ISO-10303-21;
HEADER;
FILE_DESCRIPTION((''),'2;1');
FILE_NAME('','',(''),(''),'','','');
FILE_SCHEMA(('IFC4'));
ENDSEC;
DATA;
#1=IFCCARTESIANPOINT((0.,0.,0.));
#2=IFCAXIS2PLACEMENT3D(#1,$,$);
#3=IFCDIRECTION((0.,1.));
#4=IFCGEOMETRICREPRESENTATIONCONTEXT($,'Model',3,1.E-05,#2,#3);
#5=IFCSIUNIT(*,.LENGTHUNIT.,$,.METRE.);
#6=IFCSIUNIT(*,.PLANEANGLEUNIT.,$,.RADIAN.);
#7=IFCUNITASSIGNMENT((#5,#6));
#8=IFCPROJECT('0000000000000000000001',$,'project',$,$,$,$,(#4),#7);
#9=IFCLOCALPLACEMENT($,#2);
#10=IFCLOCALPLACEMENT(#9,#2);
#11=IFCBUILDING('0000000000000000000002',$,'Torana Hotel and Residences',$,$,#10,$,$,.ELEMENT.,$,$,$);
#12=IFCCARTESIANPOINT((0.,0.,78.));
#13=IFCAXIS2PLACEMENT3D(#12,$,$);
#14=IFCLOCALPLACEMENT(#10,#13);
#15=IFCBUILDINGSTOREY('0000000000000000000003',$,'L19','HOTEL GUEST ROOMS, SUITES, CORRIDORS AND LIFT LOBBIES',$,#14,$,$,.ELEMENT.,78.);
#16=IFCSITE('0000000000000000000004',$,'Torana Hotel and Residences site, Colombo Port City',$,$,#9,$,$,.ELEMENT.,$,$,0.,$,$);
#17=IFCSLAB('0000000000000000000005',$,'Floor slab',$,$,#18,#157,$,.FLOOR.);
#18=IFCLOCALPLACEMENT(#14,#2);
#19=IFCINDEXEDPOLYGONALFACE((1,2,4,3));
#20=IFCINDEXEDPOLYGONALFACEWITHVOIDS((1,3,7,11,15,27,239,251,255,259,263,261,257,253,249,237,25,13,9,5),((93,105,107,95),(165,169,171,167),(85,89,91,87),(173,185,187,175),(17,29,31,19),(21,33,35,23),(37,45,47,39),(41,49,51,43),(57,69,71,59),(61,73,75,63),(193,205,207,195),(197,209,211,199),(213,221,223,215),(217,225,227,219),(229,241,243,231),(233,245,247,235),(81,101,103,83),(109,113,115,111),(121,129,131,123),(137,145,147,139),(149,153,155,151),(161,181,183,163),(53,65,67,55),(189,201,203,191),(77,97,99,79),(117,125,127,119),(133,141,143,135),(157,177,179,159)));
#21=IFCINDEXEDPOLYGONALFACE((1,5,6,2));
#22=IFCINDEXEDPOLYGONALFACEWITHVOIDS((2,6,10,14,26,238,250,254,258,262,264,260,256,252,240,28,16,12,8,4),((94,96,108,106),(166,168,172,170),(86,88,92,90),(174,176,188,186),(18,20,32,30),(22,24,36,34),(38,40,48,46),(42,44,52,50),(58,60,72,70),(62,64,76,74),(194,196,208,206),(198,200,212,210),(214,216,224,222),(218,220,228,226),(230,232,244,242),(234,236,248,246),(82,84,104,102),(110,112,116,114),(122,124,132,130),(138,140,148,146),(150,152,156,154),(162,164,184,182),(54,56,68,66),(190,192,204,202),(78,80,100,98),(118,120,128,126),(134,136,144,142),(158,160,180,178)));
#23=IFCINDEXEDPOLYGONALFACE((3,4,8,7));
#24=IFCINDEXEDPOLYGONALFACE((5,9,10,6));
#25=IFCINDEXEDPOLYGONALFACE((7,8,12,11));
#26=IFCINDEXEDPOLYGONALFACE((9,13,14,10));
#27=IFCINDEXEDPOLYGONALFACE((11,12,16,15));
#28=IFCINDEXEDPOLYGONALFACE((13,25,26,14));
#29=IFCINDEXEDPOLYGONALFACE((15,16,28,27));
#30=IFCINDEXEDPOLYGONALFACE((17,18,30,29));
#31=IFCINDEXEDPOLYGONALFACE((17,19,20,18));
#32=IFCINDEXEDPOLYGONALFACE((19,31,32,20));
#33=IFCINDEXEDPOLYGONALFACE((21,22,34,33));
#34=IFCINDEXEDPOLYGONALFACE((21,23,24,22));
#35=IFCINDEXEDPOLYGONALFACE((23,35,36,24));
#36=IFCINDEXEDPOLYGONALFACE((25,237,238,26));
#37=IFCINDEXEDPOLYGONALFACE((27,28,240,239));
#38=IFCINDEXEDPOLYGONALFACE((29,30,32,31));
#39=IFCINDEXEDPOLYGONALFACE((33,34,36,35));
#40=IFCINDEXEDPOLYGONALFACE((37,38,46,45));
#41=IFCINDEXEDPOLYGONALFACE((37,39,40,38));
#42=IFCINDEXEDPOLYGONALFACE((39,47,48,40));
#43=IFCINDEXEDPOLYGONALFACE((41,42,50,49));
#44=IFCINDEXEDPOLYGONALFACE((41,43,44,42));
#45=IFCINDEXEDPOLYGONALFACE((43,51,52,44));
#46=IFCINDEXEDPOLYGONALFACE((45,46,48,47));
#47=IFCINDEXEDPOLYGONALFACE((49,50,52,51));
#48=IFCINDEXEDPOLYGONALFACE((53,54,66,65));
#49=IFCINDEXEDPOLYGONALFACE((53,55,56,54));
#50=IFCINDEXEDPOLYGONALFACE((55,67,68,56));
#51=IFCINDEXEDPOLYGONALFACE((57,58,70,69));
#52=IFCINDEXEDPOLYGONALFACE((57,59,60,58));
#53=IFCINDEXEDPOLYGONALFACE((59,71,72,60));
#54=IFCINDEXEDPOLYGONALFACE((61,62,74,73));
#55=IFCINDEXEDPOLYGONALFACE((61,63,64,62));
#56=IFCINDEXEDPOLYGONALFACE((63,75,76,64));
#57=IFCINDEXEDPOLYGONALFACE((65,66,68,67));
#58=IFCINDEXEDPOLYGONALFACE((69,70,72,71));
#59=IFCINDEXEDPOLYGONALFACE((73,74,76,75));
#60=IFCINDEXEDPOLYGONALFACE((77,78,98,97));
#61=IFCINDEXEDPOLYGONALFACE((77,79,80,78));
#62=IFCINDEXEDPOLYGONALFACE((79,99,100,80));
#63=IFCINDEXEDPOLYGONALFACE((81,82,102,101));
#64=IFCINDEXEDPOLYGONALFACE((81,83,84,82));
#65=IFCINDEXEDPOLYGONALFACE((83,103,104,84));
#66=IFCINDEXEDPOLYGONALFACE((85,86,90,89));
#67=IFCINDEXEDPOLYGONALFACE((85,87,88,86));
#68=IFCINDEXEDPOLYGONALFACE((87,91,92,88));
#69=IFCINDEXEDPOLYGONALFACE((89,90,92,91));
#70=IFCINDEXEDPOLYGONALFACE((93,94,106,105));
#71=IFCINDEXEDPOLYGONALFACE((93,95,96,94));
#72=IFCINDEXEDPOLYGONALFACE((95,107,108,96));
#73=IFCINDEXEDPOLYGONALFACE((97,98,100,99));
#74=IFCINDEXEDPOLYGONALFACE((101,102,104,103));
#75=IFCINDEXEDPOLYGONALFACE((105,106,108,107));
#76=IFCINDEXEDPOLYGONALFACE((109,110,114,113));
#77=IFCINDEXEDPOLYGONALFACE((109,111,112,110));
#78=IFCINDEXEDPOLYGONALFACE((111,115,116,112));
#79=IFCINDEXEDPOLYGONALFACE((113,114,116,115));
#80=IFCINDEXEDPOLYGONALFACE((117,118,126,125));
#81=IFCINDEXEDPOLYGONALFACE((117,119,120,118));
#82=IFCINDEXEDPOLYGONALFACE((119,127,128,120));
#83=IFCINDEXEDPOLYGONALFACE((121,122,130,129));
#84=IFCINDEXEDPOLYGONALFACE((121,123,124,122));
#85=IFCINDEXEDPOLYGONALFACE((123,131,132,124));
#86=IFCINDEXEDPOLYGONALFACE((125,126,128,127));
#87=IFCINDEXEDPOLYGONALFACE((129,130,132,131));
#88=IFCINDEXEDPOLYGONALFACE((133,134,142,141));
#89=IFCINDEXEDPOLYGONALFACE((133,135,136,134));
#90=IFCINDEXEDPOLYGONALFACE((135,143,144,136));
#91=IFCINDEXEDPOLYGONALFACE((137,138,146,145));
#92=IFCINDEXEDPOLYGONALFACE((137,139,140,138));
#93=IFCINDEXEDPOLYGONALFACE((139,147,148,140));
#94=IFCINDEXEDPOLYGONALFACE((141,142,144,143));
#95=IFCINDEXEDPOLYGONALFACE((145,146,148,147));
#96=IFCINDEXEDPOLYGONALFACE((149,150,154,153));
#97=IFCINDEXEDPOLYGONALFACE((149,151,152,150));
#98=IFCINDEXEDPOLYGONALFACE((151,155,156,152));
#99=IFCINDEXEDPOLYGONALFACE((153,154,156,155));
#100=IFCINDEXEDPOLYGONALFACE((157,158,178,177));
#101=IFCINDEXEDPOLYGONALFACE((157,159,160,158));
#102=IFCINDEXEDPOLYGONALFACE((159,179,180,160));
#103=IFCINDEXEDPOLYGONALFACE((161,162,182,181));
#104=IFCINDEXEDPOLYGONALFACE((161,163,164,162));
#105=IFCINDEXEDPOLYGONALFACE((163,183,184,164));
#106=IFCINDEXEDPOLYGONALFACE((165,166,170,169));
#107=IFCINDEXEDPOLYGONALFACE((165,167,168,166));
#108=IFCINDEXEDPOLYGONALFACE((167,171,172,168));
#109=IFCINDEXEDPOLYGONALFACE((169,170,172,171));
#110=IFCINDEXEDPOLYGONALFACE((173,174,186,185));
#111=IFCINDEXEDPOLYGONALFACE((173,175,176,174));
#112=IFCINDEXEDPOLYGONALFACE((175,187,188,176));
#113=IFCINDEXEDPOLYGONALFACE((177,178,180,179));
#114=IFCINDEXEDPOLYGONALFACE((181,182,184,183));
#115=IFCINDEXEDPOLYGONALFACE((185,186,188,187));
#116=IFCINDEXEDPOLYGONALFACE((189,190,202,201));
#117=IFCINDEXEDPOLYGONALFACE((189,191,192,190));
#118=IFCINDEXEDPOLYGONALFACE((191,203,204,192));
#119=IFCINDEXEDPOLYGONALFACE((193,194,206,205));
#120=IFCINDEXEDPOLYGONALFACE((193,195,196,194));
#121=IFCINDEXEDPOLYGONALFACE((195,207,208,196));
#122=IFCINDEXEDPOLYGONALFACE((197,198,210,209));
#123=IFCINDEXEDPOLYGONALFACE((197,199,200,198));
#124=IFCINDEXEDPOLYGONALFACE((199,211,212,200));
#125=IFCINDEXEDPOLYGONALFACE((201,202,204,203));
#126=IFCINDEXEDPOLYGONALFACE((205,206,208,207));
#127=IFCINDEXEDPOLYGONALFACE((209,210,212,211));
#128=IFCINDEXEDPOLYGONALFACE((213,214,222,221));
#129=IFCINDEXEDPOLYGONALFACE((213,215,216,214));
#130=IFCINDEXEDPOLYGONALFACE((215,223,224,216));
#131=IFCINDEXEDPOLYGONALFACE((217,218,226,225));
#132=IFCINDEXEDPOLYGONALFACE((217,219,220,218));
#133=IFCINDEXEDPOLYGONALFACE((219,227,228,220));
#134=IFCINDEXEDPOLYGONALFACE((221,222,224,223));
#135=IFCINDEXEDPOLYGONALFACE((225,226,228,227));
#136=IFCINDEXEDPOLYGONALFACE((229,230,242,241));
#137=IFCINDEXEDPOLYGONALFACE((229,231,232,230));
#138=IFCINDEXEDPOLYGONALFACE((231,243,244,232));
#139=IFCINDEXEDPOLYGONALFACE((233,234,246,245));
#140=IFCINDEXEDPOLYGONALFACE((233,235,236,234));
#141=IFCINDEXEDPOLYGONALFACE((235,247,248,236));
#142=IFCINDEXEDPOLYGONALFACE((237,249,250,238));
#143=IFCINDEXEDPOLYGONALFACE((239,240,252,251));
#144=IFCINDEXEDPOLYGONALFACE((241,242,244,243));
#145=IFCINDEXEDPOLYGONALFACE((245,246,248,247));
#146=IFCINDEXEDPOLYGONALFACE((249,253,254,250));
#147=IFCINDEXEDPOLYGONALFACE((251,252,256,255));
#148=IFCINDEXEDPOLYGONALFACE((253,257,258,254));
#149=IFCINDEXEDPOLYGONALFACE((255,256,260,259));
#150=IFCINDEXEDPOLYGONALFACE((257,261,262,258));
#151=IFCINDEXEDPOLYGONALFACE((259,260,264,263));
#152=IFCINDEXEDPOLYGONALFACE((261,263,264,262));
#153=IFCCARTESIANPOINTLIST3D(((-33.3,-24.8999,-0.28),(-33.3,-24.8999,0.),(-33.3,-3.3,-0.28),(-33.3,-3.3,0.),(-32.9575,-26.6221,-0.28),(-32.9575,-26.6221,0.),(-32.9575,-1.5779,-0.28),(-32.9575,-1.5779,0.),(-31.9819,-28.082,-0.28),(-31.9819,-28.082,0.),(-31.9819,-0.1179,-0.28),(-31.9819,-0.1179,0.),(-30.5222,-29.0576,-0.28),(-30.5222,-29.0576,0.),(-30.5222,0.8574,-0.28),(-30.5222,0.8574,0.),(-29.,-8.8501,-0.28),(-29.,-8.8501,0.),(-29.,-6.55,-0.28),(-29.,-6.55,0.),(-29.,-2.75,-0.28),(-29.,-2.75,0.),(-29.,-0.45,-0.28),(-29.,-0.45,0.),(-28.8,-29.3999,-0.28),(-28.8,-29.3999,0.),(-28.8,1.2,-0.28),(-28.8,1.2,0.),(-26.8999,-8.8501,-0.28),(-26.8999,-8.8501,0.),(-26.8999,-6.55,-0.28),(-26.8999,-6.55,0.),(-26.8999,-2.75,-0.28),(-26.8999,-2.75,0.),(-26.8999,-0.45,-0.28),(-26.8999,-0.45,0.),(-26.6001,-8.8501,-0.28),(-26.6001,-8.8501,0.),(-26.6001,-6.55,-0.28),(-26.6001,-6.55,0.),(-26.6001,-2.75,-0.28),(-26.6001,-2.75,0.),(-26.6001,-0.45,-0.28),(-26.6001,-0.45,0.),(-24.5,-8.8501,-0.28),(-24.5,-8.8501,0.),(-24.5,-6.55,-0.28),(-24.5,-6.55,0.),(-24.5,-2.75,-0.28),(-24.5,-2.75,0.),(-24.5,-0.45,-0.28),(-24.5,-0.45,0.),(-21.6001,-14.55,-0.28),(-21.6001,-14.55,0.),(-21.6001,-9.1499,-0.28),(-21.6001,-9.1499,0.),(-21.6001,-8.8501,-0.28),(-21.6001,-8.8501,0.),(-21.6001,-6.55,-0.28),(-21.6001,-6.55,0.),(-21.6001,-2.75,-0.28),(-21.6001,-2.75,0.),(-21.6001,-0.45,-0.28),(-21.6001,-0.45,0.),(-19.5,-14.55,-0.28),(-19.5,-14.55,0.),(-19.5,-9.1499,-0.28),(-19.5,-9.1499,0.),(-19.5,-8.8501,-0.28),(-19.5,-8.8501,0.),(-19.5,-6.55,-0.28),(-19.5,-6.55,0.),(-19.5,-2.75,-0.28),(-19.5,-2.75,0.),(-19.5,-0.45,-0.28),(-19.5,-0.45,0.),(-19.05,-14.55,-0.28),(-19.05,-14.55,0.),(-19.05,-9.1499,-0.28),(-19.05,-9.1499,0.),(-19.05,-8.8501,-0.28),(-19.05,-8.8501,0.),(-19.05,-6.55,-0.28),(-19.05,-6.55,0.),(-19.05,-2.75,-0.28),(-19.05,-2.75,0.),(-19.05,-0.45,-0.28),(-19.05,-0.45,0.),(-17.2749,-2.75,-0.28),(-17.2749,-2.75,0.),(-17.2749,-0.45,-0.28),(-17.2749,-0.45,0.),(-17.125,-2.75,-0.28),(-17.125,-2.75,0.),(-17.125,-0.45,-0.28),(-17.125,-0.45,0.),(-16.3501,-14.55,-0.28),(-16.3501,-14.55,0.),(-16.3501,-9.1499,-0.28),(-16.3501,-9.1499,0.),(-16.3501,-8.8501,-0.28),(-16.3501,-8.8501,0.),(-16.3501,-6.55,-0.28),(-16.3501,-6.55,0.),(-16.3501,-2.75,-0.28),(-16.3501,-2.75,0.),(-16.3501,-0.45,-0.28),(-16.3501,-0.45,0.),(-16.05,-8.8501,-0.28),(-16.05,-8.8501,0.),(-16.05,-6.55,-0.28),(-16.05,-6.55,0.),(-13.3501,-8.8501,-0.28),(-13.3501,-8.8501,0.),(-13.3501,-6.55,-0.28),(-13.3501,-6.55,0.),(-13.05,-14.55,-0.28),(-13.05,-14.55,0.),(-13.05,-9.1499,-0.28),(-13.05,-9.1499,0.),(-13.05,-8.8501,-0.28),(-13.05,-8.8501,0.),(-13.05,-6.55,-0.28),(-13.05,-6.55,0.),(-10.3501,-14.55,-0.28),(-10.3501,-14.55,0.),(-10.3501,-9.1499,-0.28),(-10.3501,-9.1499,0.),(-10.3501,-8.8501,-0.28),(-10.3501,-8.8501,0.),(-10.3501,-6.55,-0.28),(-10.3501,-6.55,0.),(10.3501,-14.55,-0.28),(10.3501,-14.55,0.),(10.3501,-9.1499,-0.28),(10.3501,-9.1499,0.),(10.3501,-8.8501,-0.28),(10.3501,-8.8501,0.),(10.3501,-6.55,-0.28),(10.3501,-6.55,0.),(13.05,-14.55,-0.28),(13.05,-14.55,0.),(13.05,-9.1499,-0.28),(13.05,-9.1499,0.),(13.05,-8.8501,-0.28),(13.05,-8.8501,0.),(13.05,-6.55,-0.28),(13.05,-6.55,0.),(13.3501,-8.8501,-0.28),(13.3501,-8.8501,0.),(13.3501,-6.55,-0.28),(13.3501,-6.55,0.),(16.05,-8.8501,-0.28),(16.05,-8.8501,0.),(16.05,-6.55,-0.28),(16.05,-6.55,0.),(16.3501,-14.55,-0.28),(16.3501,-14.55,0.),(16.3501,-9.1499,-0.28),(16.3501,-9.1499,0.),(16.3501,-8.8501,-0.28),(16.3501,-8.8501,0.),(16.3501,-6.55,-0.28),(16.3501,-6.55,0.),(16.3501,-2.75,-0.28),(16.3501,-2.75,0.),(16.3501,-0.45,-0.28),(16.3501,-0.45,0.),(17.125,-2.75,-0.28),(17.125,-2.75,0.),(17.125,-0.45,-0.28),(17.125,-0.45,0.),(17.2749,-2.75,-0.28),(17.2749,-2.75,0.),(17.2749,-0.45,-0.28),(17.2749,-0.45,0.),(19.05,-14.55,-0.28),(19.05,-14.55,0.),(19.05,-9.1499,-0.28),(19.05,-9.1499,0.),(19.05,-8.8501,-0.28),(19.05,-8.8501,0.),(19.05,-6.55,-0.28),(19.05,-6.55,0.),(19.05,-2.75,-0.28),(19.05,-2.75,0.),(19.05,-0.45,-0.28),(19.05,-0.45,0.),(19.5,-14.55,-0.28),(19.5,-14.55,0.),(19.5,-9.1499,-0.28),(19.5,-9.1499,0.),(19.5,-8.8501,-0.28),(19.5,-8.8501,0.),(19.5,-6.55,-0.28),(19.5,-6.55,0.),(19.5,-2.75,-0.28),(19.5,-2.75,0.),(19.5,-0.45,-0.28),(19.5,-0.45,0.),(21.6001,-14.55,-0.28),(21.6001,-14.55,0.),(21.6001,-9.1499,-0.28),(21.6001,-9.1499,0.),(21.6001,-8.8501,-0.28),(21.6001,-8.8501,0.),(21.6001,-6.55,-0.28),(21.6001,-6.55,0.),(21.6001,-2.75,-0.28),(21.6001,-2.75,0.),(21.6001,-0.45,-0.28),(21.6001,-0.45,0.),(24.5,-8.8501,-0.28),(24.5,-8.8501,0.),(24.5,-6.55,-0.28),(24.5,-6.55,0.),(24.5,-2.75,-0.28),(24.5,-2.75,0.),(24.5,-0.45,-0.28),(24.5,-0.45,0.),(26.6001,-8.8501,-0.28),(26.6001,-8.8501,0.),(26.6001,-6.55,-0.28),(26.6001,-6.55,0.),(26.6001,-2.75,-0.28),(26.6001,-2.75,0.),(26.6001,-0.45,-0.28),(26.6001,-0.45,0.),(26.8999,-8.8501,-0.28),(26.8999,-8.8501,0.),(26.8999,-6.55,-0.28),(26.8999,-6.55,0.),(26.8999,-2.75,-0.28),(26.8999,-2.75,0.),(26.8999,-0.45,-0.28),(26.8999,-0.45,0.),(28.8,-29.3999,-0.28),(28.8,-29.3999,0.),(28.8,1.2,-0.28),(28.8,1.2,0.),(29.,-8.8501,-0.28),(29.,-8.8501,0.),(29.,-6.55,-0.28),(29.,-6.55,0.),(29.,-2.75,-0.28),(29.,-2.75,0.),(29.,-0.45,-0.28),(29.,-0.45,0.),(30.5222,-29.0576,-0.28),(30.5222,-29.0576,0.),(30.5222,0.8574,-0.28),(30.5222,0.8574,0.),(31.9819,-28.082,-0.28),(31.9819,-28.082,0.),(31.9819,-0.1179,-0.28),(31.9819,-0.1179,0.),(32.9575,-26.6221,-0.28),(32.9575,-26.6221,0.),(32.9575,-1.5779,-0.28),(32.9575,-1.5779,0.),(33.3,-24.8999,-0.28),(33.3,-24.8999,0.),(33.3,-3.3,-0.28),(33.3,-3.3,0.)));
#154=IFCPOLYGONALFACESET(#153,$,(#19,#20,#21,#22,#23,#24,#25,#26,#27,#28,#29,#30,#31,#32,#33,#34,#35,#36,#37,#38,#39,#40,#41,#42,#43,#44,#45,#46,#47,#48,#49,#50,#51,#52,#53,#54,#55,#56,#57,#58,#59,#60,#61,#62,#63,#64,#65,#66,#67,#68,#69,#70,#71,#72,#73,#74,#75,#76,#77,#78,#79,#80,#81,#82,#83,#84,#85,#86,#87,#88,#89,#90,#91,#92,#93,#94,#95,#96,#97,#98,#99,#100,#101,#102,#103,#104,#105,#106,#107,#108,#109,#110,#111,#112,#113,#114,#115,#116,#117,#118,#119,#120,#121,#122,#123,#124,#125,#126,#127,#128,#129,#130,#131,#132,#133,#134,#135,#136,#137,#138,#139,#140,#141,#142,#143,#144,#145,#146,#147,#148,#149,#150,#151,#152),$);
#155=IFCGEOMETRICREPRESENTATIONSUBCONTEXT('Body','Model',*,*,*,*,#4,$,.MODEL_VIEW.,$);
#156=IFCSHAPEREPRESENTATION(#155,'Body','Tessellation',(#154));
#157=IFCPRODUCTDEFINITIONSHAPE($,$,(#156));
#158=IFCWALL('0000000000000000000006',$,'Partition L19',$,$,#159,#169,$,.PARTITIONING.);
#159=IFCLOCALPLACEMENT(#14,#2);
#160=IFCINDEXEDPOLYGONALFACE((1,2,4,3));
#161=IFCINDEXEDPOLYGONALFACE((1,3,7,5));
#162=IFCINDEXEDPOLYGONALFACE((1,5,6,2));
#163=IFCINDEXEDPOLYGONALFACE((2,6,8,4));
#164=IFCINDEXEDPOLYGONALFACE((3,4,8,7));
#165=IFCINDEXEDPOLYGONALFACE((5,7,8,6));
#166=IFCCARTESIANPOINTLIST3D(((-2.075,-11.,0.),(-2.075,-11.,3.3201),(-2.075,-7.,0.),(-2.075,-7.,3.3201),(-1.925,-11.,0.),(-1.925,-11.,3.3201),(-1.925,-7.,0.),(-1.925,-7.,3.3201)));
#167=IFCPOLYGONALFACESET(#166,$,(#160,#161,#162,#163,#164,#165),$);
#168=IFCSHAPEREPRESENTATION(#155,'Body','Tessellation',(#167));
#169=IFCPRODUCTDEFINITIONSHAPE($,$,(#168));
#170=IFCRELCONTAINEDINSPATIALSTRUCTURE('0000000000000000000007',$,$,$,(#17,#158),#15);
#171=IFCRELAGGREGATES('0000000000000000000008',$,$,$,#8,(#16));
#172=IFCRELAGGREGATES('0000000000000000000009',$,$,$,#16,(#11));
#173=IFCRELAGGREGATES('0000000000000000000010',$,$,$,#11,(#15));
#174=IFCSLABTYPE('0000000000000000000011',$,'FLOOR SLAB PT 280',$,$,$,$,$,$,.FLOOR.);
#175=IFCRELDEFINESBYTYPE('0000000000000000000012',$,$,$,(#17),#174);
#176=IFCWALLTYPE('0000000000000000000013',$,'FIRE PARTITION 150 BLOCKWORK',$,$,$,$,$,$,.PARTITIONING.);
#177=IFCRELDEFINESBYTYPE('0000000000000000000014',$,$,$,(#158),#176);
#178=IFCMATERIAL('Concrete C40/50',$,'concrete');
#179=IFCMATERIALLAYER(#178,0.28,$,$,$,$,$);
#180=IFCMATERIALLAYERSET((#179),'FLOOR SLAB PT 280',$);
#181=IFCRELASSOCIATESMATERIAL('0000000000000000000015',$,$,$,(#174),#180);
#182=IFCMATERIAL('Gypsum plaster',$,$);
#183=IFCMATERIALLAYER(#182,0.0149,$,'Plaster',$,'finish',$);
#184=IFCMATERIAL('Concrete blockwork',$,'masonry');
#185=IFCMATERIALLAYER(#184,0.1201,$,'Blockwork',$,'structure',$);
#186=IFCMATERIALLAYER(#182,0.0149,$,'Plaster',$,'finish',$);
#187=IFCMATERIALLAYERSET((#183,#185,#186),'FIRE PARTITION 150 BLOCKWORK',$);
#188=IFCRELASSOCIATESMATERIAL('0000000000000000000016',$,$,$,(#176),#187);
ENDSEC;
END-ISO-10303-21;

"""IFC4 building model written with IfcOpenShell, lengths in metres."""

from ifc_helpers import new_model, si_unit, direction, frame, frame_2d, origin, place, context, subcontext, project, spatial, polyline, rectangle, outline, extrude, material, layer, layer_set, type_object, element, save


model = new_model("IFC4")

# Units and contexts
model_context = context("Model", 3, precision=1e-05, world=origin(), true_north=direction((0.0, 1.0)))
body_context = subcontext(model_context, "Body", "Model", "MODEL_VIEW")
ifc_project = project(units=[si_unit("LENGTHUNIT", "METRE"), si_unit("PLANEANGLEUNIT", "RADIAN")], contexts=[model_context])

# Site, building, storey
site_placement = place(None, origin())
site = spatial("IfcSite", under=ifc_project, at=site_placement, Name="Torana Hotel and Residences site, Colombo Port City", CompositionType="ELEMENT", RefElevation=0.0)
building_placement = place(site_placement, origin())
building = spatial("IfcBuilding", under=site, at=building_placement, Name="Torana Hotel and Residences", CompositionType="ELEMENT")
storey_placement = place(building_placement, frame((0.0, 0.0, 78.0)))
storey = spatial("IfcBuildingStorey", under=building, at=storey_placement, Name="L19", Description="HOTEL GUEST ROOMS, SUITES, CORRIDORS AND LIFT LOBBIES", CompositionType="ELEMENT", Elevation=78.0)

# Slab
ifc_material_1 = material(Name="Concrete C40/50", Category="concrete")
ifc_layer_1 = layer(ifc_material_1, 0.28)
ifc_layer_set_1 = layer_set([ifc_layer_1], Name="FLOOR SLAB PT 280")
slab_type_1 = type_object("IfcSlabType", Name="FLOOR SLAB PT 280", PredefinedType="FLOOR", material=ifc_layer_set_1)
slab_1_placement = place(storey_placement, frame((0.0, 0.0, -0.28)))
element("IfcSlab", 1, at=slab_1_placement, inside=storey, type_object=slab_type_1, Name="Floor slab", PredefinedType="FLOOR", context=body_context, shape_type="SweptSolid", body=[
    extrude(outline(polyline([(33.3, -3.3), (32.9575, -1.5779), (31.9819, -0.1179), (30.5222, 0.8574), (28.8, 1.2), (-28.8, 1.2), (-30.5222, 0.8574), (-31.9819, -0.1179), (-32.9575, -1.5779), (-33.3, -3.3), (-33.3, -24.8999), (-32.9575, -26.6221), (-31.9819, -28.082), (-30.5222, -29.0576), (-28.8, -29.3999), (28.8, -29.3999), (30.5222, -29.0576), (31.9819, -28.082), (32.9575, -26.6221), (33.3, -24.8999), (33.3, -3.3)]), holes=[polyline([(-13.05, -14.55), (-10.3501, -14.55), (-10.3501, -9.1499), (-13.05, -9.1499), (-13.05, -14.55)]), polyline([(-19.05, -14.55), (-16.3501, -14.55), (-16.3501, -9.1499), (-19.05, -9.1499), (-19.05, -14.55)]), polyline([(-17.125, -2.75), (-16.3501, -2.75), (-16.3501, -0.45), (-17.125, -0.45), (-17.125, -2.75)]), polyline([(-19.05, -2.75), (-17.2749, -2.75), (-17.2749, -0.45), (-19.05, -0.45), (-19.05, -2.75)]), polyline([(-26.6001, -2.75), (-24.5, -2.75), (-24.5, -0.45), (-26.6001, -0.45), (-26.6001, -2.75)]), polyline([(-29.0, -2.75), (-26.8999, -2.75), (-26.8999, -0.45), (-29.0, -0.45), (-29.0, -2.75)]), polyline([(-26.6001, -8.8501), (-24.5, -8.8501), (-24.5, -6.55), (-26.6001, -6.55), (-26.6001, -8.8501)]), polyline([(-29.0, -8.8501), (-26.8999, -8.8501), (-26.8999, -6.55), (-29.0, -6.55), (-29.0, -8.8501)]), polyline([(-21.6001, -2.75), (-19.5, -2.75), (-19.5, -0.45), (-21.6001, -0.45), (-21.6001, -2.75)]), polyline([(-21.6001, -8.8501), (-19.5, -8.8501), (-19.5, -6.55), (-21.6001, -6.55), (-21.6001, -8.8501)]), polyline([(-13.05, -8.8501), (-10.3501, -8.8501), (-10.3501, -6.55), (-13.05, -6.55), (-13.05, -8.8501)]), polyline([(-16.05, -8.8501), (-13.3501, -8.8501), (-13.3501, -6.55), (-16.05, -6.55), (-16.05, -8.8501)]), polyline([(-19.05, -8.8501), (-16.3501, -8.8501), (-16.3501, -6.55), (-19.05, -6.55), (-19.05, -8.8501)]), polyline([(-21.6001, -14.55), (-19.5, -14.55), (-19.5, -9.1499), (-21.6001, -9.1499), (-21.6001, -14.55)]), polyline([(10.3501, -14.55), (13.05, -14.55), (13.05, -9.1499), (10.3501, -9.1499), (10.3501, -14.55)]), polyline([(16.3501, -14.55), (19.05, -14.55), (19.05, -9.1499), (16.3501, -9.1499), (16.3501, -14.55)]), polyline([(16.3501, -2.75), (17.125, -2.75), (17.125, -0.45), (16.3501, -0.45), (16.3501, -2.75)]), polyline([(17.2749, -2.75), (19.05, -2.75), (19.05, -0.45), (17.2749, -0.45), (17.2749, -2.75)]), polyline([(24.5, -2.75), (26.6001, -2.75), (26.6001, -0.45), (24.5, -0.45), (24.5, -2.75)]), polyline([(26.8999, -2.75), (29.0, -2.75), (29.0, -0.45), (26.8999, -0.45), (26.8999, -2.75)]), polyline([(24.5, -8.8501), (26.6001, -8.8501), (26.6001, -6.55), (24.5, -6.55), (24.5, -8.8501)]), polyline([(26.8999, -8.8501), (29.0, -8.8501), (29.0, -6.55), (26.8999, -6.55), (26.8999, -8.8501)]), polyline([(19.5, -2.75), (21.6001, -2.75), (21.6001, -0.45), (19.5, -0.45), (19.5, -2.75)]), polyline([(19.5, -8.8501), (21.6001, -8.8501), (21.6001, -6.55), (19.5, -6.55), (19.5, -8.8501)]), polyline([(10.3501, -8.8501), (13.05, -8.8501), (13.05, -6.55), (10.3501, -6.55), (10.3501, -8.8501)]), polyline([(13.3501, -8.8501), (16.05, -8.8501), (16.05, -6.55), (13.3501, -6.55), (13.3501, -8.8501)]), polyline([(16.3501, -8.8501), (19.05, -8.8501), (19.05, -6.55), (16.3501, -6.55), (16.3501, -8.8501)]), polyline([(19.5, -14.55), (21.6001, -14.55), (21.6001, -9.1499), (19.5, -9.1499), (19.5, -14.55)])]), origin(), (0.0, 0.0, 1.0), 0.28),
])

# Wall
ifc_material_2 = material(Name="Gypsum plaster")
ifc_layer_2 = layer(ifc_material_2, 0.0149, Name="Plaster", Category="finish")
ifc_material_3 = material(Name="Concrete blockwork", Category="masonry")
ifc_layer_3 = layer(ifc_material_3, 0.1201, Name="Blockwork", Category="structure")
ifc_layer_4 = layer(ifc_material_2, 0.0149, Name="Plaster", Category="finish")
ifc_layer_set_2 = layer_set([ifc_layer_2, ifc_layer_3, ifc_layer_4], Name="FIRE PARTITION 150 BLOCKWORK")
wall_type_1 = type_object("IfcWallType", Name="FIRE PARTITION 150 BLOCKWORK", PredefinedType="PARTITIONING", material=ifc_layer_set_2)
wall_1_placement = place(storey_placement, frame((-2.0, -11.0, 0.0), z_axis=(0.0, 0.0, 1.0), x_axis=(0.0, 1.0, 0.0)))
element("IfcWall", 2, at=wall_1_placement, inside=storey, type_object=wall_type_1, Name="Partition L19", PredefinedType="PARTITIONING", context=body_context, shape_type="SweptSolid", body=[
    extrude(rectangle(XDim=4.0, YDim=0.1499, at=frame_2d((2.0, 0.0))), origin(), (0.0, 0.0, 1.0), 3.3201),
])

save(model, "model.ifc")
